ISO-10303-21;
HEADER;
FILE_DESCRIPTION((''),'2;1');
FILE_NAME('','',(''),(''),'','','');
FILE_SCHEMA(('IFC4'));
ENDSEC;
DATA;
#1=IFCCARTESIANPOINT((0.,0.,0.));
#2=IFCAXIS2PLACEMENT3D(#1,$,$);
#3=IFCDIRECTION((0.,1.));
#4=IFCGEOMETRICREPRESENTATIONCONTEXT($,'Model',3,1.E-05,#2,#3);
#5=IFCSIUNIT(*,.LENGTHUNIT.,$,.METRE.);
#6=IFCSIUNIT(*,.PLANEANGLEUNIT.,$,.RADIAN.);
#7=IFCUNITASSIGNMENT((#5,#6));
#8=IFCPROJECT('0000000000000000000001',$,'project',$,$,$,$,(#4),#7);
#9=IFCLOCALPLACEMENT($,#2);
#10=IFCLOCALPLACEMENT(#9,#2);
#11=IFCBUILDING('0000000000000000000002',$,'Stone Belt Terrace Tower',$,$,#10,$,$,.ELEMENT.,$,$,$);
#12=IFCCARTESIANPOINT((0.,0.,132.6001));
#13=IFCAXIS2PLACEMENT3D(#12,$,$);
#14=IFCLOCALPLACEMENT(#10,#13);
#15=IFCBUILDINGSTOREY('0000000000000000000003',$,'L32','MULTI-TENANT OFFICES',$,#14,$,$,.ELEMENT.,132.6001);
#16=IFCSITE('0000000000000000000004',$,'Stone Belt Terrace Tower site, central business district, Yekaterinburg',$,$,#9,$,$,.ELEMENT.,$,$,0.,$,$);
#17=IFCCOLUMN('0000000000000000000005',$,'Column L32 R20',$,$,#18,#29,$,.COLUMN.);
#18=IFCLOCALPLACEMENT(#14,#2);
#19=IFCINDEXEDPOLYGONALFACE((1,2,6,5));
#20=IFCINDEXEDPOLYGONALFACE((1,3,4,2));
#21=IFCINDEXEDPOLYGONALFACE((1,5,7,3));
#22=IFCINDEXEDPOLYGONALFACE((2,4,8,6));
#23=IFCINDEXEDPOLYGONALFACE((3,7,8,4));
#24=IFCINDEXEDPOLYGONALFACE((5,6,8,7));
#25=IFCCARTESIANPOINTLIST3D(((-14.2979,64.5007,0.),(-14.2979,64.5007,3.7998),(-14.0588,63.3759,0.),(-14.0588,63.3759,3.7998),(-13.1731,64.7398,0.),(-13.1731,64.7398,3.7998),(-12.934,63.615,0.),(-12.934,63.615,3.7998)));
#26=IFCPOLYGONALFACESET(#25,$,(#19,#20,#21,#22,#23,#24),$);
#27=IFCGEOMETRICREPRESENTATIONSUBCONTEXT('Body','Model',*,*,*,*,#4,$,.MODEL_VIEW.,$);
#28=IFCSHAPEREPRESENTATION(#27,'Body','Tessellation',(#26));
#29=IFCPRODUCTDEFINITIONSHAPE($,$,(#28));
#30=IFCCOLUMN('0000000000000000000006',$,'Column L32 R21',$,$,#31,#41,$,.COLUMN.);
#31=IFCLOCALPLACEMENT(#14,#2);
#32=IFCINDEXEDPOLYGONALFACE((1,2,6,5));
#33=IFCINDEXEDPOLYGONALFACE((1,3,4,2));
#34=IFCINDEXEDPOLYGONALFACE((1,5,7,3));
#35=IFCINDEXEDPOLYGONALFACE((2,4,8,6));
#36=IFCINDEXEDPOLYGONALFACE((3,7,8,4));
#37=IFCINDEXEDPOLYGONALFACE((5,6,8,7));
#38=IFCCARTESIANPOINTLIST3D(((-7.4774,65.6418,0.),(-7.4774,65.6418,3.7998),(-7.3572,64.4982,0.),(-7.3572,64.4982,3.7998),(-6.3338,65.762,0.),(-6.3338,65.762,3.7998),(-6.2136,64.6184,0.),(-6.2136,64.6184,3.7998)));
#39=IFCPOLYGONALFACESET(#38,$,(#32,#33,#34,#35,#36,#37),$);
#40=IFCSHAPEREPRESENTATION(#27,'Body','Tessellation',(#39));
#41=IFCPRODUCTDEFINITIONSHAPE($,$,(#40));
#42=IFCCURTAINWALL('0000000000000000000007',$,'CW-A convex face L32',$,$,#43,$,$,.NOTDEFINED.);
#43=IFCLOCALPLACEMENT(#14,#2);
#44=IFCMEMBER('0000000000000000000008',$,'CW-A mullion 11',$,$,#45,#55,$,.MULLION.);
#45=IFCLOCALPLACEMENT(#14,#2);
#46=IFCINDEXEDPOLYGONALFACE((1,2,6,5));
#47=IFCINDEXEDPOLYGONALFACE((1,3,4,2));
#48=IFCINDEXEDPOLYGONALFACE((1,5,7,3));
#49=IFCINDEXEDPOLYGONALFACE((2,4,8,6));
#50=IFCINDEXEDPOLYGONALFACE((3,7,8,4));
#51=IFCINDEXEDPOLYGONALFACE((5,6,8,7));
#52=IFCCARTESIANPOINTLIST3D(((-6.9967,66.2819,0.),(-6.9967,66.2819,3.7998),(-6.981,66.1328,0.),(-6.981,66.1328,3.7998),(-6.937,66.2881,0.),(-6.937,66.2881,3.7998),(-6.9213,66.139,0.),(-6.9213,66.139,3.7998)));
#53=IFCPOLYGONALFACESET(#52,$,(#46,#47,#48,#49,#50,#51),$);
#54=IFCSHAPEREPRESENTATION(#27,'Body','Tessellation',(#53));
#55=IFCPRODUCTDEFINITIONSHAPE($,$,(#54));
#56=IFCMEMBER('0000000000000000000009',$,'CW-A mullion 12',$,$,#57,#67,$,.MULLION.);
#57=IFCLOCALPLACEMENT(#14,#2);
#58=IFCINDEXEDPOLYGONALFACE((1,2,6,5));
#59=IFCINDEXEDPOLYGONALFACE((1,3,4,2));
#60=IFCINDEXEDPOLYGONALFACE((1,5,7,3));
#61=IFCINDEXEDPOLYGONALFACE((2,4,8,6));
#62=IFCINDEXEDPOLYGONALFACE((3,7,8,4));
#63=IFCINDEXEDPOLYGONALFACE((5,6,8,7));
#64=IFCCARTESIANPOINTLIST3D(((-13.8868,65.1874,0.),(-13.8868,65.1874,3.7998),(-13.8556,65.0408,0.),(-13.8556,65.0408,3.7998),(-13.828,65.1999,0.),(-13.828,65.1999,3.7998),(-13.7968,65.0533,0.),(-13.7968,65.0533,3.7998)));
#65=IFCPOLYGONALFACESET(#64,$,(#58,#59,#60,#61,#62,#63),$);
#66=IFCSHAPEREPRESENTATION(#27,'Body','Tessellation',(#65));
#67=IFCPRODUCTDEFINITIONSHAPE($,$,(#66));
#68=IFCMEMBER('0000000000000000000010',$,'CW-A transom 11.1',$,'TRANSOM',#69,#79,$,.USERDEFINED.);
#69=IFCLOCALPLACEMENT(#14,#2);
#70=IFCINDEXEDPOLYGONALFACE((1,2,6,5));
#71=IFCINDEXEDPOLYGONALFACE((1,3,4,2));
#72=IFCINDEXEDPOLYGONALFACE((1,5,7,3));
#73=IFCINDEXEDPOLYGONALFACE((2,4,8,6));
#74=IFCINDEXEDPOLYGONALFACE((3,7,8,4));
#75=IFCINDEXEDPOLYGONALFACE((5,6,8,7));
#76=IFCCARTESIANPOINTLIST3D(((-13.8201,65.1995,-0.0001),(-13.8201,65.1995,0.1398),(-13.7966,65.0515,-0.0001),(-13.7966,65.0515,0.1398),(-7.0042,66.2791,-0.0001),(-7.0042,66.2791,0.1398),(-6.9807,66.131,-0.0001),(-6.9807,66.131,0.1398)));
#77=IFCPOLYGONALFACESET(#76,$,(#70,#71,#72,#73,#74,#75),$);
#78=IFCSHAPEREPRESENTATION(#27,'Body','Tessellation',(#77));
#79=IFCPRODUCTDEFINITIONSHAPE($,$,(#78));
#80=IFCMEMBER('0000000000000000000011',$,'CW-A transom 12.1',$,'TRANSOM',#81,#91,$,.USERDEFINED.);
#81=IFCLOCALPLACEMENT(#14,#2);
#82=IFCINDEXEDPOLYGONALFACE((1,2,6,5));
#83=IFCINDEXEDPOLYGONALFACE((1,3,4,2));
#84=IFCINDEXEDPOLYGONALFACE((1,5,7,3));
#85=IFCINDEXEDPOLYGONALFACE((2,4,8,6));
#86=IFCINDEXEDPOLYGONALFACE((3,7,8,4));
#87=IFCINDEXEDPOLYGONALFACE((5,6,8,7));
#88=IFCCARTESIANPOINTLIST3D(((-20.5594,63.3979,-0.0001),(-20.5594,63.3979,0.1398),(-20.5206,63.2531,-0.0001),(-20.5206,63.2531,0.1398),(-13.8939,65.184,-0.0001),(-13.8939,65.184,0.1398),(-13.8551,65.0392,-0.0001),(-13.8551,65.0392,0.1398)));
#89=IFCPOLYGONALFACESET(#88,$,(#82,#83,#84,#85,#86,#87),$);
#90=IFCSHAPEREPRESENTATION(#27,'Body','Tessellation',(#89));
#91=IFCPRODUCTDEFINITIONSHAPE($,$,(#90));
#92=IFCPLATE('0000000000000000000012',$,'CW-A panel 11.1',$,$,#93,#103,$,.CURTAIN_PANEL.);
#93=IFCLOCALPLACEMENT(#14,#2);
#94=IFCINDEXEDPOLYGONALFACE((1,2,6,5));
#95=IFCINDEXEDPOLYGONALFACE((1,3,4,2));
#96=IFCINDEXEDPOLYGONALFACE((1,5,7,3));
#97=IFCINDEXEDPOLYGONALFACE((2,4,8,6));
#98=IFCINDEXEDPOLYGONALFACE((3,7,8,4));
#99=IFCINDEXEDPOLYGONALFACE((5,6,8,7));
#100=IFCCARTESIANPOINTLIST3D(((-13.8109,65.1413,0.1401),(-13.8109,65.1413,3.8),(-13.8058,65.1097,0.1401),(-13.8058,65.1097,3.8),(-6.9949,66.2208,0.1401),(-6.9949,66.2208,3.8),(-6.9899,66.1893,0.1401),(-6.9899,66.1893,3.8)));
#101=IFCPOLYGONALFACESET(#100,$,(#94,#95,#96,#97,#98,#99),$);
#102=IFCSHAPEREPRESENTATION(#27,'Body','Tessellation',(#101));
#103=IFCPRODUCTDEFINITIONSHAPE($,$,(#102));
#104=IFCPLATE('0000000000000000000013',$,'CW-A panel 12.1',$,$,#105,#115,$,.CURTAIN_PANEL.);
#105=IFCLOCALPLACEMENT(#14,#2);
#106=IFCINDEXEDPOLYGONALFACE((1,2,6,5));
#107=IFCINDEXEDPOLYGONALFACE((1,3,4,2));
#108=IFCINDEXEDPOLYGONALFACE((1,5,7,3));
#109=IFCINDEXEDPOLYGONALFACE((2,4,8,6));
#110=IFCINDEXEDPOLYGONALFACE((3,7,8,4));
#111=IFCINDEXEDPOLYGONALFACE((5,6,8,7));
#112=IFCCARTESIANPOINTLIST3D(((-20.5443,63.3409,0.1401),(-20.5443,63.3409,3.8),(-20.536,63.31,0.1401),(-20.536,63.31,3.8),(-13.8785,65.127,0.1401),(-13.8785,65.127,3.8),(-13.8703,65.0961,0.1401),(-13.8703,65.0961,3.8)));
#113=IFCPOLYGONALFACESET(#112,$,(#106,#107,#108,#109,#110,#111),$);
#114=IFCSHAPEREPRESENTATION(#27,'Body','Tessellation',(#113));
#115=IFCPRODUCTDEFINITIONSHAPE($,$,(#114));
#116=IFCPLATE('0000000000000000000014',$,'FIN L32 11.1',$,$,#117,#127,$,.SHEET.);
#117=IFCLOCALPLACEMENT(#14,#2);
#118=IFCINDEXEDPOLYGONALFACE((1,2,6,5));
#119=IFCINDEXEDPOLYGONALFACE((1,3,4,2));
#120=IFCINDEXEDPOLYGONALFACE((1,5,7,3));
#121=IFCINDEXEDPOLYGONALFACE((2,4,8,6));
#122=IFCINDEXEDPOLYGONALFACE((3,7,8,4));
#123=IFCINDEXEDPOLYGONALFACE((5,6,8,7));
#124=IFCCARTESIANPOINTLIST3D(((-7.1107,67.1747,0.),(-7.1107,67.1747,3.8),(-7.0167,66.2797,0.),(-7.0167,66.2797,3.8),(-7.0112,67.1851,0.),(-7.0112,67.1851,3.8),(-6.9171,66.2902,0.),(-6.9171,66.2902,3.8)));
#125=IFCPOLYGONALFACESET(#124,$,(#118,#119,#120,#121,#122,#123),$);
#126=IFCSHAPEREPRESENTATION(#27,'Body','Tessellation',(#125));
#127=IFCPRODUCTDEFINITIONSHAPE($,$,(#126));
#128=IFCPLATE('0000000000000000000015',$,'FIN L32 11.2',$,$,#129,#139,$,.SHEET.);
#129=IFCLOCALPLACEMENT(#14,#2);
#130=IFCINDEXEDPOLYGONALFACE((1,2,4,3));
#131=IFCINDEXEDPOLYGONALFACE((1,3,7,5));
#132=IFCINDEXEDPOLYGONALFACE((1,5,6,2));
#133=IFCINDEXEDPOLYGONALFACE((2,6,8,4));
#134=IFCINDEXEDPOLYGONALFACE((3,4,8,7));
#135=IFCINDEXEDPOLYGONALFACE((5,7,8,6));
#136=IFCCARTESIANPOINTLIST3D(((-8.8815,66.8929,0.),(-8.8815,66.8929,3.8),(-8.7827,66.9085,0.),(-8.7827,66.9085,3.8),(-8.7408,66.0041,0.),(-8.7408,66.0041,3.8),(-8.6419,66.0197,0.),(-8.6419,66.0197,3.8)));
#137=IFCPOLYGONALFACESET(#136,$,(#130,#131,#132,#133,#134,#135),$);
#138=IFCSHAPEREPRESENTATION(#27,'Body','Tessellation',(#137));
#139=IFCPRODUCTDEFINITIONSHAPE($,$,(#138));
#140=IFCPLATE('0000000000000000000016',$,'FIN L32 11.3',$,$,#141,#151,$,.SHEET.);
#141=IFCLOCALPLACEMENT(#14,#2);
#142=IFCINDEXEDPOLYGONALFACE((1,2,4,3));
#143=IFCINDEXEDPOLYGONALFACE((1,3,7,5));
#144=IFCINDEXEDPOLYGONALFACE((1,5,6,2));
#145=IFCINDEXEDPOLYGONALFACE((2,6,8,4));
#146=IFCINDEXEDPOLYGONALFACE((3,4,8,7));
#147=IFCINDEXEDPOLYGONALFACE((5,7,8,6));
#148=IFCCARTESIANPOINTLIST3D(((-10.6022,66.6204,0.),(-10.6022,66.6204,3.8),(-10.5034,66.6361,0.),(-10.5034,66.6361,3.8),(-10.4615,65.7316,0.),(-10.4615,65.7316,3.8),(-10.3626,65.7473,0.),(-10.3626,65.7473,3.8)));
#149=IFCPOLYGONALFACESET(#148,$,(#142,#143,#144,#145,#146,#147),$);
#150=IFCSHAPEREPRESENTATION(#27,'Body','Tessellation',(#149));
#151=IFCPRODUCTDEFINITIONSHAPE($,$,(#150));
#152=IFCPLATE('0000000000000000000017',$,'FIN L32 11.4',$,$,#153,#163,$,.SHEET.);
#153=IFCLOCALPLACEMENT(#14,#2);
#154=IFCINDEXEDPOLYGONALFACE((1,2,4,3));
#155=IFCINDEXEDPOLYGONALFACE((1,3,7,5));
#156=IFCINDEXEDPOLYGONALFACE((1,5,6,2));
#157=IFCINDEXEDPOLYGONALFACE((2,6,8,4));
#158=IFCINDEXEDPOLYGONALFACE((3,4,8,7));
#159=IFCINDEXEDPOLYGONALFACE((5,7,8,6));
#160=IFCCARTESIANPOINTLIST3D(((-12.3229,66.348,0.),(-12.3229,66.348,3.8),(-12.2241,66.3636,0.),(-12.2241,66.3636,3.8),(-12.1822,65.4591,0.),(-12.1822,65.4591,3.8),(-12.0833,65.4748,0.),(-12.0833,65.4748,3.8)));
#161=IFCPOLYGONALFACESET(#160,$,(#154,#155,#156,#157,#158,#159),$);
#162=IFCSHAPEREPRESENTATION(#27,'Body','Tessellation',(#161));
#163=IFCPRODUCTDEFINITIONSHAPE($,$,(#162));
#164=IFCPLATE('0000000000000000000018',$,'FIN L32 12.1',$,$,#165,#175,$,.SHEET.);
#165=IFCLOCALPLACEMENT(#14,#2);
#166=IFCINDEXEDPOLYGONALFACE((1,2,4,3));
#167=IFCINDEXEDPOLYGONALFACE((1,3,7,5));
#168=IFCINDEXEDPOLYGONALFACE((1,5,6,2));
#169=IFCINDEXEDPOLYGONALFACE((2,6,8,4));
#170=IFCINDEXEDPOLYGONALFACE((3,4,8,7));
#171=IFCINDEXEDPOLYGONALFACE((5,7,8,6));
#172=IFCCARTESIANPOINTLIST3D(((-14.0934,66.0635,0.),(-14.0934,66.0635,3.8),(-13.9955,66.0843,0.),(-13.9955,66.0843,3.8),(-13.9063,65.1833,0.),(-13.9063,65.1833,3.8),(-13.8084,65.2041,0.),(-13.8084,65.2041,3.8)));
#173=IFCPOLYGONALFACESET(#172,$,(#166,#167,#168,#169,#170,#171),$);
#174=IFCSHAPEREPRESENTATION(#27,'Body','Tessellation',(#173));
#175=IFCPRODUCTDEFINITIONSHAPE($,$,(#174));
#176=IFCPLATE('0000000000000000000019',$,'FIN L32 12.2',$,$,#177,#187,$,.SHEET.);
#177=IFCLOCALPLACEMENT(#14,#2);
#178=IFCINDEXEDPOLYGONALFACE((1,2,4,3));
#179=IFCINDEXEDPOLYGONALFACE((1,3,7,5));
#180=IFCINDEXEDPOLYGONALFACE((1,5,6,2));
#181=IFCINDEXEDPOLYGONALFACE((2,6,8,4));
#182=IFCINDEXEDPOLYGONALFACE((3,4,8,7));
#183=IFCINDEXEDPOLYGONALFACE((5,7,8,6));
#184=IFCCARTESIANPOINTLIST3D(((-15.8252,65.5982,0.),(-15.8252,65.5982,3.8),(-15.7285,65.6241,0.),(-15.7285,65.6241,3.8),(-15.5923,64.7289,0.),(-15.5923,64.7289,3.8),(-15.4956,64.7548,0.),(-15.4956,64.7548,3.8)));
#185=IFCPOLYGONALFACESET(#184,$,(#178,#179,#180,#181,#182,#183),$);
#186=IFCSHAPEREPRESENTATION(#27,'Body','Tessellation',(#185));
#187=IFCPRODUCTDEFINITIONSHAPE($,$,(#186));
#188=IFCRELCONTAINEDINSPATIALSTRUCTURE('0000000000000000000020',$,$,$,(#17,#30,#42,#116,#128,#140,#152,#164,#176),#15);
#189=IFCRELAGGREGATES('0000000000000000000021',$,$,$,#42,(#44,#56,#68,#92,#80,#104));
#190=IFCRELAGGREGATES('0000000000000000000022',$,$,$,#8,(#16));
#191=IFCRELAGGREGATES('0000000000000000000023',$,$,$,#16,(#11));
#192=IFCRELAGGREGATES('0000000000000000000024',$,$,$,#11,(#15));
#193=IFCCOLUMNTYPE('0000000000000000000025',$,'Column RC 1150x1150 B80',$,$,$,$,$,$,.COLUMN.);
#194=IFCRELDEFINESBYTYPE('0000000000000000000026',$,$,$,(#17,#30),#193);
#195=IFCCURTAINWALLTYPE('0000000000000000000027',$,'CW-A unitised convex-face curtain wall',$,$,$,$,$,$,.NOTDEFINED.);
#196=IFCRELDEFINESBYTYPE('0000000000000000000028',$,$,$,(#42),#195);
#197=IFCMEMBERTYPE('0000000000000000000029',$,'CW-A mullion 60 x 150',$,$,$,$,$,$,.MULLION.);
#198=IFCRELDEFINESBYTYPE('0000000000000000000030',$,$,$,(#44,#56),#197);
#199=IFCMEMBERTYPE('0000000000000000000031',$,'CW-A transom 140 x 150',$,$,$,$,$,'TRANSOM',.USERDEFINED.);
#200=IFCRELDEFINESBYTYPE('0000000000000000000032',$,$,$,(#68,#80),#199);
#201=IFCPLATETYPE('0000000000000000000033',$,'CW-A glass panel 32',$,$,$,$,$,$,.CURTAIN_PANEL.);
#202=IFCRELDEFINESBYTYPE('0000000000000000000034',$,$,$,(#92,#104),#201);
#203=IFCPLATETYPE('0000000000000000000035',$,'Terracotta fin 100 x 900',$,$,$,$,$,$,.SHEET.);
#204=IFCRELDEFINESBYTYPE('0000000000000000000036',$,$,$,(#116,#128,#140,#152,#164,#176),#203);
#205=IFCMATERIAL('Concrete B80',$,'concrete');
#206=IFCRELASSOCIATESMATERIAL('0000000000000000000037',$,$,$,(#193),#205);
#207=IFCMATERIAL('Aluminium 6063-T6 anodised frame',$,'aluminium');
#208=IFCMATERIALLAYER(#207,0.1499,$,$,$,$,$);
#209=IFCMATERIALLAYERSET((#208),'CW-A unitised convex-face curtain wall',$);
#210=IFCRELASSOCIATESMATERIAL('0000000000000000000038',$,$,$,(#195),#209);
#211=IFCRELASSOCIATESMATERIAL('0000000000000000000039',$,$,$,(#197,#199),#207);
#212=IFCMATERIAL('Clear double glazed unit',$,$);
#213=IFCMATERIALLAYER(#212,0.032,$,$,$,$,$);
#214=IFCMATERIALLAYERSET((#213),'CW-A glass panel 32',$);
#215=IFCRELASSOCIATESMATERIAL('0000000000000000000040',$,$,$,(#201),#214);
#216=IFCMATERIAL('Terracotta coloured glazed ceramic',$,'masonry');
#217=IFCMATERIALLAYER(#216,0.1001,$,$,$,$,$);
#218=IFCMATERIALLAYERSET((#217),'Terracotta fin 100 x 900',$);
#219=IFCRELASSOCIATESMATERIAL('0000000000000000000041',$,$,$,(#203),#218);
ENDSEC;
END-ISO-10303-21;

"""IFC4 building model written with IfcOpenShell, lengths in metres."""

from ifc_helpers import new_model, si_unit, direction, frame, origin, origin_2d, place, context, subcontext, project, spatial, rectangle, extrude, material, layer, layer_set, material_profile, profile_set, type_object, element, aggregate, save


model = new_model("IFC4")

# Units and contexts
model_context = context("Model", 3, precision=1e-05, world=origin(), true_north=direction((0.0, 1.0)))
body_context = subcontext(model_context, "Body", "Model", "MODEL_VIEW")
ifc_project = project(units=[si_unit("LENGTHUNIT", "METRE"), si_unit("PLANEANGLEUNIT", "RADIAN")], contexts=[model_context])

# Site, building, storey
site_placement = place(None, origin())
site = spatial("IfcSite", under=ifc_project, at=site_placement, Name="Stone Belt Terrace Tower site, central business district, Yekaterinburg", CompositionType="ELEMENT", RefElevation=0.0)
building_placement = place(site_placement, origin())
building = spatial("IfcBuilding", under=site, at=building_placement, Name="Stone Belt Terrace Tower", CompositionType="ELEMENT")
storey_placement = place(building_placement, frame((0.0, 0.0, 132.6001)))
storey = spatial("IfcBuildingStorey", under=building, at=storey_placement, Name="L32", Description="MULTI-TENANT OFFICES", CompositionType="ELEMENT", Elevation=132.6001)

# Columns
ifc_material_1 = material(Name="Concrete B80", Category="concrete")
ifc_material_profile_1 = material_profile(ifc_material_1, rectangle(XDim=1.1499, YDim=1.1499, at=origin_2d()), Name="RC 1150x1150")
ifc_profile_set_1 = profile_set([ifc_material_profile_1], Name="Concrete B80")
column_type = type_object("IfcColumnType", Name="Column RC 1150x1150 B80", PredefinedType="COLUMN", material=ifc_profile_set_1)
for number, where, z_axis, x_axis, name in (
    (1, (-13.616, 64.0579, 0.0), (0.0, 0.0, 1.0), (0.978148, 0.207912, 0.0), "Column L32 R20"),
    (2, (-6.8455, 65.1301, 0.0), (0.0, 0.0, 1.0), (0.994522, 0.104528, 0.0), "Column L32 R21"),
):
    element("IfcColumn", number, at=place(storey_placement, frame(where, z_axis=z_axis, x_axis=x_axis)), inside=storey, type_object=column_type, Name=name, PredefinedType="COLUMN", context=body_context, shape_type="SweptSolid", body=[
        extrude(rectangle(XDim=1.1499, YDim=1.1499, at=origin_2d()), origin(), (0.0, 0.0, 1.0), 3.7998),
    ])

# Curtain wall, members, plates
ifc_material_2 = material(Name="Aluminium 6063-T6 anodised frame", Category="aluminium")
ifc_layer_1 = layer(ifc_material_2, 0.1499)
ifc_layer_set_1 = layer_set([ifc_layer_1], Name="CW-A unitised convex-face curtain wall")
curtain_wall_type = type_object("IfcCurtainWallType", Name="CW-A unitised convex-face curtain wall", PredefinedType="NOTDEFINED", material=ifc_layer_set_1)
curtain_wall_placement = place(storey_placement, origin())
curtain_wall = element("IfcCurtainWall", 3, at=curtain_wall_placement, inside=storey, type_object=curtain_wall_type, Name="CW-A convex face L32", PredefinedType="NOTDEFINED")
ifc_material_profile_2 = material_profile(ifc_material_2, rectangle(XDim=0.1499, YDim=0.0601, at=origin_2d()), Name="Aluminium 6063-T6 60x150")
ifc_profile_set_2 = profile_set([ifc_material_profile_2], Name="Aluminium 6063-T6 anodised frame")
member_type_1 = type_object("IfcMemberType", Name="CW-A mullion 60 x 150", PredefinedType="MULLION", material=ifc_profile_set_2)
member_1_placement = place(storey_placement, frame((-6.959, 66.2104, 0.0), z_axis=(0.0, 0.0, 1.0), x_axis=(0.104528, -0.994522, 0.0)))
member_1 = element("IfcMember", 4, at=member_1_placement, type_object=member_type_1, Name="CW-A mullion 11", PredefinedType="MULLION", context=body_context, shape_type="SweptSolid", body=[
    extrude(rectangle(XDim=0.1499, YDim=0.0601, at=origin_2d()), origin(), (0.0, 0.0, 1.0), 3.7998),
])
member_2_placement = place(storey_placement, frame((-13.8418, 65.1204, 0.0), z_axis=(0.0, 0.0, 1.0), x_axis=(0.207912, -0.978148, 0.0)))
member_2 = element("IfcMember", 5, at=member_2_placement, type_object=member_type_1, Name="CW-A mullion 12", PredefinedType="MULLION", context=body_context, shape_type="SweptSolid", body=[
    extrude(rectangle(XDim=0.1499, YDim=0.0601, at=origin_2d()), origin(), (0.0, 0.0, 1.0), 3.7998),
])
ifc_material_profile_3 = material_profile(ifc_material_2, rectangle(XDim=0.1499, YDim=0.1399, at=origin_2d()), Name="Aluminium 6063-T6 150x140")
ifc_profile_set_3 = profile_set([ifc_material_profile_3], Name="Aluminium 6063-T6 anodised frame")
member_type_2 = type_object("IfcMemberType", Name="CW-A transom 140 x 150", ElementType="TRANSOM", PredefinedType="USERDEFINED", material=ifc_profile_set_3)
member_3_placement = place(storey_placement, frame((-6.9924, 66.2051, 0.0698), z_axis=(-0.987687, -0.156442, 0.0), x_axis=(0.156442, -0.987687, 0.0)))
member_3 = element("IfcMember", 6, at=member_3_placement, type_object=member_type_2, Name="CW-A transom 11.1", ObjectType="TRANSOM", PredefinedType="USERDEFINED", context=body_context, shape_type="SweptSolid", body=[
    extrude(rectangle(XDim=0.1499, YDim=0.1399, at=origin_2d()), origin(), (0.0, 0.0, 1.0), 6.9009),
])
member_4_placement = place(storey_placement, frame((-13.8745, 65.1116, 0.0698), z_axis=(-0.965922, -0.258834, 0.0), x_axis=(0.258834, -0.965922, 0.0)))
member_4 = element("IfcMember", 7, at=member_4_placement, type_object=member_type_2, Name="CW-A transom 12.1", ObjectType="TRANSOM", PredefinedType="USERDEFINED", context=body_context, shape_type="SweptSolid", body=[
    extrude(rectangle(XDim=0.1499, YDim=0.1399, at=origin_2d()), origin(), (0.0, 0.0, 1.0), 6.9006),
])
ifc_material_3 = material(Name="Clear double glazed unit")
ifc_layer_2 = layer(ifc_material_3, 0.032)
ifc_layer_set_2 = layer_set([ifc_layer_2], Name="CW-A glass panel 32")
plate_type_1 = type_object("IfcPlateType", Name="CW-A glass panel 32", PredefinedType="CURTAIN_PANEL", material=ifc_layer_set_2)
plate_1_placement = place(storey_placement, frame((-10.4004, 65.6653, 0.1401), z_axis=(0.0, 0.0, 1.0), x_axis=(-0.987688, -0.156434, 0.0)))
plate_1 = element("IfcPlate", 8, at=plate_1_placement, type_object=plate_type_1, Name="CW-A panel 11.1", PredefinedType="CURTAIN_PANEL", context=body_context, shape_type="SweptSolid", body=[
    extrude(rectangle(XDim=6.9009, YDim=0.032, at=origin_2d()), origin(), (0.0, 0.0, 1.0), 3.6599),
])
plate_2_placement = place(storey_placement, frame((-17.2073, 64.2185, 0.1401), z_axis=(0.0, 0.0, 1.0), x_axis=(-0.965926, -0.258819, 0.0)))
plate_2 = element("IfcPlate", 9, at=plate_2_placement, type_object=plate_type_1, Name="CW-A panel 12.1", PredefinedType="CURTAIN_PANEL", context=body_context, shape_type="SweptSolid", body=[
    extrude(rectangle(XDim=6.9009, YDim=0.032, at=origin_2d()), origin(), (0.0, 0.0, 1.0), 3.6599),
])
aggregate(curtain_wall, [member_1, member_2, member_3, plate_1, member_4, plate_2])

# Plates
ifc_material_4 = material(Name="Terracotta coloured glazed ceramic", Category="masonry")
ifc_layer_3 = layer(ifc_material_4, 0.1001)
ifc_layer_set_3 = layer_set([ifc_layer_3], Name="Terracotta fin 100 x 900")
plate_type_2 = type_object("IfcPlateType", Name="Terracotta fin 100 x 900", PredefinedType="SHEET", material=ifc_layer_set_3)
for number, where, z_axis, x_axis, name in (
    (10, (-7.0139, 66.7324, 0.0), (0.0, 0.0, 1.0), (-0.104528, 0.994522, 0.0), "FIN L32 11.1"),
    (11, (-8.7617, 66.4563, 0.0), (0.0, 0.0, 1.0), (-0.156434, 0.987688, 0.0), "FIN L32 11.2"),
    (12, (-10.4824, 66.1838, 0.0), (0.0, 0.0, 1.0), (-0.156434, 0.987688, 0.0), "FIN L32 11.3"),
    (13, (-12.2031, 65.9114, 0.0), (0.0, 0.0, 1.0), (-0.156434, 0.987688, 0.0), "FIN L32 11.4"),
    (14, (-13.9509, 65.6338, 0.0), (0.0, 0.0, 1.0), (-0.207912, 0.978148, 0.0), "FIN L32 12.1"),
    (15, (-15.6604, 65.1765, 0.0), (0.0, 0.0, 1.0), (-0.258819, 0.965926, 0.0), "FIN L32 12.2"),
):
    element("IfcPlate", number, at=place(storey_placement, frame(where, z_axis=z_axis, x_axis=x_axis)), inside=storey, type_object=plate_type_2, Name=name, PredefinedType="SHEET", context=body_context, shape_type="SweptSolid", body=[
        extrude(rectangle(XDim=0.8999, YDim=0.1001, at=origin_2d()), origin(), (0.0, 0.0, 1.0), 3.8),
    ])

save(model, "model.ifc")
